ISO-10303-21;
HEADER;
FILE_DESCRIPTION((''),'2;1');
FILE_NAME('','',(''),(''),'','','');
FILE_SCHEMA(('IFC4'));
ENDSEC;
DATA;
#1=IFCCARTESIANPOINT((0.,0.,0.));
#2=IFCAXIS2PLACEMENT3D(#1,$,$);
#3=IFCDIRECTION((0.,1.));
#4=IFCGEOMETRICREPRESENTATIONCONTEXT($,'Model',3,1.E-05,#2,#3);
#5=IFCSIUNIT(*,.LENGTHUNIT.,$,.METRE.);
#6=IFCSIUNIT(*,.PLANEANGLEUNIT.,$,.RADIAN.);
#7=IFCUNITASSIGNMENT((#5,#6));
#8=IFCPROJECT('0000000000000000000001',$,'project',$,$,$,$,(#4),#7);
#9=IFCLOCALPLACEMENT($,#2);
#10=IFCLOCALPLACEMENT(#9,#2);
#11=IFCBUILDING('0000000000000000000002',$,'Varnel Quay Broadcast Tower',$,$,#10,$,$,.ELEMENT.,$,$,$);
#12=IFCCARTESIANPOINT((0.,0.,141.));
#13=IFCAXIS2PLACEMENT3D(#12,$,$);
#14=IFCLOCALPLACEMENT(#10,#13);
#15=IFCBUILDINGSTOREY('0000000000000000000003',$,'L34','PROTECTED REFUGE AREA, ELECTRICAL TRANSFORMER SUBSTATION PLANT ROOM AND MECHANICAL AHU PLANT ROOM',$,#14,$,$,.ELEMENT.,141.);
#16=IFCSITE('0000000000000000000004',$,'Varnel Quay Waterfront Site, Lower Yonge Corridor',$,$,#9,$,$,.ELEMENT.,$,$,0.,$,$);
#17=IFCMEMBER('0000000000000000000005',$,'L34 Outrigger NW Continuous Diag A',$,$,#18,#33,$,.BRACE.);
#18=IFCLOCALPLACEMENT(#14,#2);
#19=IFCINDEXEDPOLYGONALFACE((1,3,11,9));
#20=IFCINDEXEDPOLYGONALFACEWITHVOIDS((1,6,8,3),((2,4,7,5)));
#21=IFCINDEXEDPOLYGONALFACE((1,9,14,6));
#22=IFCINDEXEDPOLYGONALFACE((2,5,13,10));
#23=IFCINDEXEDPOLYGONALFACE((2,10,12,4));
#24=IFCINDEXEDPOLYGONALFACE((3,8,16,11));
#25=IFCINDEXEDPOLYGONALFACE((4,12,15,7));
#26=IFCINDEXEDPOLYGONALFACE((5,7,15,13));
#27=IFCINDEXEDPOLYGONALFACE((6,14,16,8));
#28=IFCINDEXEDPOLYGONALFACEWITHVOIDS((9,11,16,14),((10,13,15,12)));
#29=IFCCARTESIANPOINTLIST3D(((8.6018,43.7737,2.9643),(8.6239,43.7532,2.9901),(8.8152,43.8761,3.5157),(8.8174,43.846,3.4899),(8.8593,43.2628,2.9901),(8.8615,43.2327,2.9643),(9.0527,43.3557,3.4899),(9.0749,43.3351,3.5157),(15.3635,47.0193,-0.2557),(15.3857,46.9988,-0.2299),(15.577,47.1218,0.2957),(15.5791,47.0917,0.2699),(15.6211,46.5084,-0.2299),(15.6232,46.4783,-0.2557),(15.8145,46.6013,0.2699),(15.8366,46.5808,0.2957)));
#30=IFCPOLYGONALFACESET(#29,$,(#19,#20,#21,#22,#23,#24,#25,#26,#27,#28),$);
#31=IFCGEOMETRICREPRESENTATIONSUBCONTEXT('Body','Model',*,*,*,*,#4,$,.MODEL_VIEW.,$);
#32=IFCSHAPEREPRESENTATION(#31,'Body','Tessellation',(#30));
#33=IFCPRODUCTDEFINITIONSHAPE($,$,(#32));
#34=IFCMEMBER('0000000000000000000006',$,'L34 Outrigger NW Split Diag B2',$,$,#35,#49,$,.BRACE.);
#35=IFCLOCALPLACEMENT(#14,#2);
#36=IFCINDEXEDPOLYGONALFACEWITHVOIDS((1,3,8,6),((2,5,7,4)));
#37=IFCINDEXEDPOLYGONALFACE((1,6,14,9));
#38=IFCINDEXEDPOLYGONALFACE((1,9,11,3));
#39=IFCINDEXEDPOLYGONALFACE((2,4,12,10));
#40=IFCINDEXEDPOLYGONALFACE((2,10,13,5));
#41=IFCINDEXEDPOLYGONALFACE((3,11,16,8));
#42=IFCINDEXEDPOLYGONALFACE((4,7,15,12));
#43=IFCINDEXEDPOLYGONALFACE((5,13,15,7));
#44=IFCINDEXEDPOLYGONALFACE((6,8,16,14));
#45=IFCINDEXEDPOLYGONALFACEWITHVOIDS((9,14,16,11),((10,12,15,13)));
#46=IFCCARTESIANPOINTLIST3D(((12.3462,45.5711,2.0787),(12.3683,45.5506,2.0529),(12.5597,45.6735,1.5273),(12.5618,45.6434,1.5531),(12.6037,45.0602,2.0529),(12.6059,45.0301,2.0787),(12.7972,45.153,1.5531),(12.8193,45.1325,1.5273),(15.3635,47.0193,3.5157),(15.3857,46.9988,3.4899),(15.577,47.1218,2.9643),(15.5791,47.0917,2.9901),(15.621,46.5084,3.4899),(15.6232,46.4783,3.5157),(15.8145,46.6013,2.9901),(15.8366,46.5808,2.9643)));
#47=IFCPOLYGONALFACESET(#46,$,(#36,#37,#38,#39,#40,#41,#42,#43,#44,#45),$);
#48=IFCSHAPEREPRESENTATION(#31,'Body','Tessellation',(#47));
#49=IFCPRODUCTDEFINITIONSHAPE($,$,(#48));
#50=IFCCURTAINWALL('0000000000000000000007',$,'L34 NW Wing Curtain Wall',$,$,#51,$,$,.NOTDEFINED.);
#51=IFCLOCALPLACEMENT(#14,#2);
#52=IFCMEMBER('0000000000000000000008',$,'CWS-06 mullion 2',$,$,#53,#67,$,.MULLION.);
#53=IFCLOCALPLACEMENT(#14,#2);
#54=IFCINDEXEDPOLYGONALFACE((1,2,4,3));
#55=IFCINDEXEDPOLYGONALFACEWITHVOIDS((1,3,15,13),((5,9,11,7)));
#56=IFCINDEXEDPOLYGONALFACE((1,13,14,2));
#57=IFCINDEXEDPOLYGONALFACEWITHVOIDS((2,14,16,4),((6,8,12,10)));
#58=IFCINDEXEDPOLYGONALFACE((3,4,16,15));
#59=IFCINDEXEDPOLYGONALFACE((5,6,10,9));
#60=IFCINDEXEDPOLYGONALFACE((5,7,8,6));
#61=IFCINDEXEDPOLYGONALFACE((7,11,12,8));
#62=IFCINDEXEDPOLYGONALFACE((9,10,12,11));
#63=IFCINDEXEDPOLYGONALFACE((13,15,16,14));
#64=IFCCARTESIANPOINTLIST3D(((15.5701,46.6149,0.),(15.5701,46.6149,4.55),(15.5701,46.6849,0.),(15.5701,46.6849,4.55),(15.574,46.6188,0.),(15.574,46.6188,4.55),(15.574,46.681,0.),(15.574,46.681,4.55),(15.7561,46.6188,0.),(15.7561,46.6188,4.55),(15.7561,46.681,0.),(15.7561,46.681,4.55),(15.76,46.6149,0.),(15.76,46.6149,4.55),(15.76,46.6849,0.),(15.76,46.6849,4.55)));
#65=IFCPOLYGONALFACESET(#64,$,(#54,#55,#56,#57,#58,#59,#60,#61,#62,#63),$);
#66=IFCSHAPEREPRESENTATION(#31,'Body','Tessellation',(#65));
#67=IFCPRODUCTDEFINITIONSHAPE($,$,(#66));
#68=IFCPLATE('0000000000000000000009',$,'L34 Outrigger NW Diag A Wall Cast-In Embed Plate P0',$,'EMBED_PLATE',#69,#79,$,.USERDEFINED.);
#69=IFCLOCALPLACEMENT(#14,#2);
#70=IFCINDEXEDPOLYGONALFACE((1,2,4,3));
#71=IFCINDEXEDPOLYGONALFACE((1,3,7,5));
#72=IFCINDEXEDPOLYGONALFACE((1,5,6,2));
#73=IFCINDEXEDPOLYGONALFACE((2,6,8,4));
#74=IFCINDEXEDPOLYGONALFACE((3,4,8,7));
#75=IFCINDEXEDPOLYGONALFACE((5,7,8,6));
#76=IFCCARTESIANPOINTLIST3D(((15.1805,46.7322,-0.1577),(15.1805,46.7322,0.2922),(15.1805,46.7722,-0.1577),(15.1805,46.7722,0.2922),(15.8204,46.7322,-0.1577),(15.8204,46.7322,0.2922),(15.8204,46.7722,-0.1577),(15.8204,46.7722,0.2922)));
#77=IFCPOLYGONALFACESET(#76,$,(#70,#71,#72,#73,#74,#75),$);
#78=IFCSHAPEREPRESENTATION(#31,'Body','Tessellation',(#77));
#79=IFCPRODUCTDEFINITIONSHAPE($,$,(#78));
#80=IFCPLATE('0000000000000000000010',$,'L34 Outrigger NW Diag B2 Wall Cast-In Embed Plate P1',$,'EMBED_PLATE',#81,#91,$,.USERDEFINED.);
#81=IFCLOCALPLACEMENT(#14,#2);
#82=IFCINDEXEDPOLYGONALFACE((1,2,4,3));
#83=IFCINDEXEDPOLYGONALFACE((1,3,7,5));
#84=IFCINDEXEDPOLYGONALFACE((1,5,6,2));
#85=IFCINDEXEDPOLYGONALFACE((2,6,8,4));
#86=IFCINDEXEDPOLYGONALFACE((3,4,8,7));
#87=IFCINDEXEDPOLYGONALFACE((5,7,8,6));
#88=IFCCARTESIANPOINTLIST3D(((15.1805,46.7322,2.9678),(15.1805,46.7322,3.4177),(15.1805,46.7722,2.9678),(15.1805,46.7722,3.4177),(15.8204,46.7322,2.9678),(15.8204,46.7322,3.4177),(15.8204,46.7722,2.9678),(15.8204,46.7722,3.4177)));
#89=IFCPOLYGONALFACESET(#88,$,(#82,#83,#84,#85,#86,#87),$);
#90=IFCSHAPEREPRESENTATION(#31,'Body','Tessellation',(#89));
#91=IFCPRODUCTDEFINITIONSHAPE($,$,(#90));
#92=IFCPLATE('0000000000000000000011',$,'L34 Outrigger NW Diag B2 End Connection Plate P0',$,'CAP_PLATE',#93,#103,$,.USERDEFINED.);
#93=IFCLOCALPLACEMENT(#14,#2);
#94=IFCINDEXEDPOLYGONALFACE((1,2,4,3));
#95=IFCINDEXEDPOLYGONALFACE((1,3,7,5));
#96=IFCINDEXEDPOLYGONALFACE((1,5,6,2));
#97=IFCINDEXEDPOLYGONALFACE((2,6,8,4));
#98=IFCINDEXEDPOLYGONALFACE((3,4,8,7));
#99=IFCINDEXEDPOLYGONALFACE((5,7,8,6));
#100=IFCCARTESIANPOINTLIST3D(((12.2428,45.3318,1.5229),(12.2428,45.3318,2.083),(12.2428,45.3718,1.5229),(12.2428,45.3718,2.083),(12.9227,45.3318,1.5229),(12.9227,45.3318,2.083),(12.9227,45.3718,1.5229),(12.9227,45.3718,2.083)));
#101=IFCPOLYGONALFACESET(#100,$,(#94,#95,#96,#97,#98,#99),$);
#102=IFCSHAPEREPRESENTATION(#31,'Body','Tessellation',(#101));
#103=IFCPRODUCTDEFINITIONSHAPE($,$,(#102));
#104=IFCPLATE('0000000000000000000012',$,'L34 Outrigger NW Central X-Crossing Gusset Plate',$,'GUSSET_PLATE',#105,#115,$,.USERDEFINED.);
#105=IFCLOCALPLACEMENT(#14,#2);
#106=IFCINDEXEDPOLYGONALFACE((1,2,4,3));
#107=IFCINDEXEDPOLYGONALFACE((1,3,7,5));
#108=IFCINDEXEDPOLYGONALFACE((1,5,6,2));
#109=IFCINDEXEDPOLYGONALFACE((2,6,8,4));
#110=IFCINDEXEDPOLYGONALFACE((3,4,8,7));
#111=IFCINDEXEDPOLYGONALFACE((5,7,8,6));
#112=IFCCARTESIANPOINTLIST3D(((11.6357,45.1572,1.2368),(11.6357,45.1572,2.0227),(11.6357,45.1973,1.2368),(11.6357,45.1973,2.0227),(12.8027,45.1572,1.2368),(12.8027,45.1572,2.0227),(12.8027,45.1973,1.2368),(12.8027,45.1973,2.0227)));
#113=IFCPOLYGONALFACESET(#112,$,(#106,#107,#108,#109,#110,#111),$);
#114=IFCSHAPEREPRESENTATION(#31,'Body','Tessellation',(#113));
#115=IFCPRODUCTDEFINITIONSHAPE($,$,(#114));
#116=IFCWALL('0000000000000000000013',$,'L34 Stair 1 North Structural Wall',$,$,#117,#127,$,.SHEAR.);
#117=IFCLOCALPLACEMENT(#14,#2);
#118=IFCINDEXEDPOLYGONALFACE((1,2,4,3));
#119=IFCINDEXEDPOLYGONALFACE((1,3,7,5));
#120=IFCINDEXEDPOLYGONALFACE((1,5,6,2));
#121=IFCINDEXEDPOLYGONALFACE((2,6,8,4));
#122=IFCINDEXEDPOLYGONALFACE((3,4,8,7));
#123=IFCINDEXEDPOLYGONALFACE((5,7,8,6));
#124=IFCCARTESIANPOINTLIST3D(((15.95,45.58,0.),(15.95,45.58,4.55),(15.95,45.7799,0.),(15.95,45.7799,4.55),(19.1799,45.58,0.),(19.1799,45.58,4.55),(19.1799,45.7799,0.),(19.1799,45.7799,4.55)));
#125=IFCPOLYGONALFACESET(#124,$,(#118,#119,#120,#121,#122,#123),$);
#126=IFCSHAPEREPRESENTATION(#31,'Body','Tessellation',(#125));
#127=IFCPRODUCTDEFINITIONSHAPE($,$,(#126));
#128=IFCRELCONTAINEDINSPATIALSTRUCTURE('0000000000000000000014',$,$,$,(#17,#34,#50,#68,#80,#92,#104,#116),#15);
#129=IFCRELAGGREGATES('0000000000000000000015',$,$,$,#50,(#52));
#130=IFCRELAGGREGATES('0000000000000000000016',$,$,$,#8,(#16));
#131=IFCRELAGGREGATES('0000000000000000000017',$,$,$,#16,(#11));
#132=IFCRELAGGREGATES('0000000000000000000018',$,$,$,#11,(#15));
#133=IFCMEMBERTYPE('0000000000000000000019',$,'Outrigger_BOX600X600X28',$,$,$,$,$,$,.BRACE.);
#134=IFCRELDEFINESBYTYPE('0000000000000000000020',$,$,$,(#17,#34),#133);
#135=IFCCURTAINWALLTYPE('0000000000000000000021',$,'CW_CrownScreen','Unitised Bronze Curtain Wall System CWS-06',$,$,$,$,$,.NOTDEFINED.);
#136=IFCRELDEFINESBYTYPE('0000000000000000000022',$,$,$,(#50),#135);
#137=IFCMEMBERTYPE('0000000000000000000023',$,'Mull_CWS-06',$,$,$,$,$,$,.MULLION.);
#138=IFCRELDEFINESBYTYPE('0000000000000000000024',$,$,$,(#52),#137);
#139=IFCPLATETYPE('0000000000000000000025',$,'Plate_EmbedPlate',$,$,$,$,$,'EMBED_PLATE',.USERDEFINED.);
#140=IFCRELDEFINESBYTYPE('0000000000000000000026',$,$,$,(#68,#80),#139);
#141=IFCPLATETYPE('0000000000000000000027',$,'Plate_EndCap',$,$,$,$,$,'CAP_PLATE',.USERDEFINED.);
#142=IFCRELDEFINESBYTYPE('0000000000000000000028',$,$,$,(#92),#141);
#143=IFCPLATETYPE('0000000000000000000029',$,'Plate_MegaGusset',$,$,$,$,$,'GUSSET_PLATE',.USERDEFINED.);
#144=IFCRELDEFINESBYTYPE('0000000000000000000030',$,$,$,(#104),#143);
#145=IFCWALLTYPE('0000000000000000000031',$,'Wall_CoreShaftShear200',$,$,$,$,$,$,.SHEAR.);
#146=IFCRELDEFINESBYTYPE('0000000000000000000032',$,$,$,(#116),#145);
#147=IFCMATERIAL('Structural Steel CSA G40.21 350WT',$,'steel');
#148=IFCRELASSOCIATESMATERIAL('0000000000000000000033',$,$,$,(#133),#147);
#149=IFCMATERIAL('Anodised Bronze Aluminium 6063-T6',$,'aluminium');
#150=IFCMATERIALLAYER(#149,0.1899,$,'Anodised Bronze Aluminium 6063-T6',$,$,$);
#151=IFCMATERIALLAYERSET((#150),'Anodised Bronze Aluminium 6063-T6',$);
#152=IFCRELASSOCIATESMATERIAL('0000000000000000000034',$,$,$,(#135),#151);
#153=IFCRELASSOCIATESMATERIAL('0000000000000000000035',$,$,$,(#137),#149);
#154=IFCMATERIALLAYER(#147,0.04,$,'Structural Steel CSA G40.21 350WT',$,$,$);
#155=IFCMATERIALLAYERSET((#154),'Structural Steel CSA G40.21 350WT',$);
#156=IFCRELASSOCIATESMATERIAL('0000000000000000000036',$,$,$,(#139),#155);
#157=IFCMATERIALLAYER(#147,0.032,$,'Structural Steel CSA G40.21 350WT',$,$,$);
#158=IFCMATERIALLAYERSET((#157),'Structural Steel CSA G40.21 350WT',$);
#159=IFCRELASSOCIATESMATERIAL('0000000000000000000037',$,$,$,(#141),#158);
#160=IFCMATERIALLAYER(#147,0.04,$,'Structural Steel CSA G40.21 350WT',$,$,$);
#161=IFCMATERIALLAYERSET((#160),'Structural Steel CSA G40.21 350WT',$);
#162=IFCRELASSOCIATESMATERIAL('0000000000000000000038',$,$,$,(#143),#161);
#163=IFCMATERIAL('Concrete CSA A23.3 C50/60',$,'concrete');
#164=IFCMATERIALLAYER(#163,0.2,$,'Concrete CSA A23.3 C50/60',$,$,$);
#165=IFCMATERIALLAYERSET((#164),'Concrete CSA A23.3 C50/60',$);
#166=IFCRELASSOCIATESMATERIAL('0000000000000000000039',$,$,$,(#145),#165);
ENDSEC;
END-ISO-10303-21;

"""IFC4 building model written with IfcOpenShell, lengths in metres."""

from ifc_helpers import new_model, si_unit, direction, frame, frame_2d, origin, origin_2d, place, context, subcontext, project, spatial, rectangle, hollow_rectangle, extrude, source, transform, mapped, material, layer, layer_set, material_profile, profile_set, type_object, type_shapes, element, aggregate, save


model = new_model("IFC4")

# Units and contexts
model_context = context("Model", 3, precision=1e-05, world=origin(), true_north=direction((0.0, 1.0)))
body_context = subcontext(model_context, "Body", "Model", "MODEL_VIEW")
ifc_project = project(units=[si_unit("LENGTHUNIT", "METRE"), si_unit("PLANEANGLEUNIT", "RADIAN")], contexts=[model_context])

# Site, building, storey
site_placement = place(None, origin())
site = spatial("IfcSite", under=ifc_project, at=site_placement, Name="Varnel Quay Waterfront Site, Lower Yonge Corridor", CompositionType="ELEMENT", RefElevation=0.0)
building_placement = place(site_placement, origin())
building = spatial("IfcBuilding", under=site, at=building_placement, Name="Varnel Quay Broadcast Tower", CompositionType="ELEMENT")
storey_placement = place(building_placement, frame((0.0, 0.0, 141.0)))
storey = spatial("IfcBuildingStorey", under=building, at=storey_placement, Name="L34", Description="PROTECTED REFUGE AREA, ELECTRICAL TRANSFORMER SUBSTATION PLANT ROOM AND MECHANICAL AHU PLANT ROOM", CompositionType="ELEMENT", Elevation=141.0)

# Shared definitions
ifc_material_1 = material(Name="Structural Steel CSA G40.21 350WT", Category="steel")

# Members
ifc_material_profile_1 = material_profile(ifc_material_1, hollow_rectangle(XDim=0.6001, YDim=0.6001, WallThickness=0.0281, at=origin_2d()), Name="BOX600X600X28")
ifc_profile_set_1 = profile_set([ifc_material_profile_1], Name="Structural Steel CSA G40.21 350WT")
member_type_1 = type_object("IfcMemberType", Name="Outrigger_BOX600X600X28", PredefinedType="BRACE", material=ifc_profile_set_1)
shared_shape_1 = source(origin(), body_context, "Body", "SweptSolid", [
    extrude(hollow_rectangle(XDim=0.6001, YDim=0.6001, WallThickness=0.0281, at=origin_2d()), origin(), (0.0, 0.0, 1.0), 8.1624),
])
member_1_placement = place(storey_placement, frame((15.6001, 46.8, 0.02), z_axis=(-0.828409, -0.397634, 0.394493), x_axis=(0.432729, -0.901524, 0.0)))
element("IfcMember", 1, at=member_1_placement, inside=storey, type_object=member_type_1, Name="L34 Outrigger NW Continuous Diag A", PredefinedType="BRACE", context=body_context, shape_type="MappedRepresentation", body=[
    mapped(shared_shape_1, transform((0.0, 0.0, 0.0), x_axis=(1.0, 0.0, 0.0), y_axis=(0.0, 1.0, 0.0), z_axis=(0.0, 0.0, 1.0), scale=1.0)),
])
shared_shape_2 = source(origin(), body_context, "Body", "SweptSolid", [
    extrude(hollow_rectangle(XDim=0.6001, YDim=0.6001, WallThickness=0.0281, at=origin_2d()), origin(), (0.0, 0.0, 1.0), 3.6423),
])
type_shapes(member_type_1, [shared_shape_1, shared_shape_2])
member_2_placement = place(storey_placement, frame((12.5828, 45.3518, 1.803), z_axis=(0.828403, 0.397612, 0.394529), x_axis=(-0.432712, 0.901532, 0.0)))
element("IfcMember", 2, at=member_2_placement, inside=storey, type_object=member_type_1, Name="L34 Outrigger NW Split Diag B2", PredefinedType="BRACE", context=body_context, shape_type="MappedRepresentation", body=[
    mapped(shared_shape_2, transform((0.0, 0.0, 0.0), x_axis=(1.0, 0.0, 0.0), y_axis=(0.0, 1.0, 0.0), z_axis=(0.0, 0.0, 1.0), scale=1.0)),
])

# Curtain wall, member
ifc_material_2 = material(Name="Anodised Bronze Aluminium 6063-T6", Category="aluminium")
ifc_layer_1 = layer(ifc_material_2, 0.1899, Name="Anodised Bronze Aluminium 6063-T6")
ifc_layer_set_1 = layer_set([ifc_layer_1], Name="Anodised Bronze Aluminium 6063-T6")
curtain_wall_type = type_object("IfcCurtainWallType", Name="CW_CrownScreen", Description="Unitised Bronze Curtain Wall System CWS-06", PredefinedType="NOTDEFINED", material=ifc_layer_set_1)
curtain_wall_placement = place(storey_placement, origin())
curtain_wall = element("IfcCurtainWall", 3, at=curtain_wall_placement, inside=storey, type_object=curtain_wall_type, Name="L34 NW Wing Curtain Wall", PredefinedType="NOTDEFINED")
ifc_material_profile_2 = material_profile(ifc_material_2, hollow_rectangle(XDim=0.0701, YDim=0.1899, WallThickness=0.0039, at=origin_2d()), Name="ALU70X190X4")
ifc_profile_set_2 = profile_set([ifc_material_profile_2], Name="Anodised Bronze Aluminium 6063-T6")
member_type_2 = type_object("IfcMemberType", Name="Mull_CWS-06", PredefinedType="MULLION", material=ifc_profile_set_2)
shared_shape_3 = source(origin(), body_context, "Body", "SweptSolid", [
    extrude(hollow_rectangle(XDim=0.0701, YDim=0.1899, WallThickness=0.0039, at=origin_2d()), origin(), (0.0, 0.0, 1.0), 4.55),
])
type_shapes(member_type_2, [shared_shape_3])
member_3_placement = place(storey_placement, frame((15.665, 46.6499, 0.0), z_axis=(0.0, 0.0, 1.0), x_axis=(0.0, 1.0, 0.0)))
member_3 = element("IfcMember", 4, at=member_3_placement, type_object=member_type_2, Name="CWS-06 mullion 2", PredefinedType="MULLION", context=body_context, shape_type="MappedRepresentation", body=[
    mapped(shared_shape_3, transform((0.0, 0.0, 0.0), x_axis=(1.0, 0.0, 0.0), y_axis=(0.0, 1.0, 0.0), z_axis=(0.0, 0.0, 1.0), scale=1.0)),
])
aggregate(curtain_wall, [member_3])

# Plates
ifc_layer_2 = layer(ifc_material_1, 0.04, Name="Structural Steel CSA G40.21 350WT")
ifc_layer_set_2 = layer_set([ifc_layer_2], Name="Structural Steel CSA G40.21 350WT")
plate_type_1 = type_object("IfcPlateType", Name="Plate_EmbedPlate", ElementType="EMBED_PLATE", PredefinedType="USERDEFINED", material=ifc_layer_set_2)
shared_shape_4 = source(origin(), body_context, "Body", "SweptSolid", [
    extrude(rectangle(XDim=0.6399, YDim=0.04, at=origin_2d()), origin(), (0.0, 0.0, 1.0), 0.45),
])
type_shapes(plate_type_1, [shared_shape_4])
for number, where, z_axis, x_axis, name in (
    (5, (15.5005, 46.7522, -0.1577), (0.0, 0.0, 1.0), (1.0, 0.0, 0.0), "L34 Outrigger NW Diag A Wall Cast-In Embed Plate P0"),
    (6, (15.5005, 46.7522, 2.9678), (0.0, 0.0, 1.0), (1.0, 0.0, 0.0), "L34 Outrigger NW Diag B2 Wall Cast-In Embed Plate P1"),
):
    element("IfcPlate", number, at=place(storey_placement, frame(where, z_axis=z_axis, x_axis=x_axis)), inside=storey, type_object=plate_type_1, Name=name, ObjectType="EMBED_PLATE", PredefinedType="USERDEFINED", context=body_context, shape_type="MappedRepresentation", body=[
        mapped(shared_shape_4, transform((0.0, 0.0, 0.0), x_axis=(1.0, 0.0, 0.0), y_axis=(0.0, 1.0, 0.0), z_axis=(0.0, 0.0, 1.0), scale=1.0)),
    ])
ifc_layer_3 = layer(ifc_material_1, 0.032, Name="Structural Steel CSA G40.21 350WT")
ifc_layer_set_3 = layer_set([ifc_layer_3], Name="Structural Steel CSA G40.21 350WT")
plate_type_2 = type_object("IfcPlateType", Name="Plate_EndCap", ElementType="CAP_PLATE", PredefinedType="USERDEFINED", material=ifc_layer_set_3)
shared_shape_5 = source(origin(), body_context, "Body", "SweptSolid", [
    extrude(rectangle(XDim=0.6799, YDim=0.04, at=origin_2d()), origin(), (0.0, 0.0, 1.0), 0.5601),
])
type_shapes(plate_type_2, [shared_shape_5])
plate_1_placement = place(storey_placement, frame((12.5828, 45.3518, 1.5229), z_axis=(0.0, 0.0, 1.0), x_axis=(1.0, 0.0, 0.0)))
element("IfcPlate", 7, at=plate_1_placement, inside=storey, type_object=plate_type_2, Name="L34 Outrigger NW Diag B2 End Connection Plate P0", ObjectType="CAP_PLATE", PredefinedType="USERDEFINED", context=body_context, shape_type="MappedRepresentation", body=[
    mapped(shared_shape_5, transform((0.0, 0.0, 0.0), x_axis=(1.0, 0.0, 0.0), y_axis=(0.0, 1.0, 0.0), z_axis=(0.0, 0.0, 1.0), scale=1.0)),
])
ifc_layer_4 = layer(ifc_material_1, 0.04, Name="Structural Steel CSA G40.21 350WT")
ifc_layer_set_4 = layer_set([ifc_layer_4], Name="Structural Steel CSA G40.21 350WT")
plate_type_3 = type_object("IfcPlateType", Name="Plate_MegaGusset", ElementType="GUSSET_PLATE", PredefinedType="USERDEFINED", material=ifc_layer_set_4)
shared_shape_6 = source(origin(), body_context, "Body", "SweptSolid", [
    extrude(rectangle(XDim=1.167, YDim=0.04, at=origin_2d()), origin(), (0.0, 0.0, 1.0), 0.7859),
])
type_shapes(plate_type_3, [shared_shape_6])
plate_2_placement = place(storey_placement, frame((12.2192, 45.1772, 1.2368), z_axis=(0.0, 0.0, 1.0), x_axis=(1.0, 0.0, 0.0)))
element("IfcPlate", 8, at=plate_2_placement, inside=storey, type_object=plate_type_3, Name="L34 Outrigger NW Central X-Crossing Gusset Plate", ObjectType="GUSSET_PLATE", PredefinedType="USERDEFINED", context=body_context, shape_type="MappedRepresentation", body=[
    mapped(shared_shape_6, transform((0.0, 0.0, 0.0), x_axis=(1.0, 0.0, 0.0), y_axis=(0.0, 1.0, 0.0), z_axis=(0.0, 0.0, 1.0), scale=1.0)),
])

# Wall
ifc_material_3 = material(Name="Concrete CSA A23.3 C50/60", Category="concrete")
ifc_layer_5 = layer(ifc_material_3, 0.2, Name="Concrete CSA A23.3 C50/60")
ifc_layer_set_5 = layer_set([ifc_layer_5], Name="Concrete CSA A23.3 C50/60")
wall_type_1 = type_object("IfcWallType", Name="Wall_CoreShaftShear200", PredefinedType="SHEAR", material=ifc_layer_set_5)
wall_1_placement = place(storey_placement, frame((15.95, 45.6799, 0.0), z_axis=(0.0, 0.0, 1.0), x_axis=(1.0, 0.0, 0.0)))
element("IfcWall", 9, at=wall_1_placement, inside=storey, type_object=wall_type_1, Name="L34 Stair 1 North Structural Wall", PredefinedType="SHEAR", context=body_context, shape_type="SweptSolid", body=[
    extrude(rectangle(XDim=3.23, YDim=0.2, at=frame_2d((1.615, 0.0))), origin(), (0.0, 0.0, 1.0), 4.55),
])

save(model, "model.ifc")
